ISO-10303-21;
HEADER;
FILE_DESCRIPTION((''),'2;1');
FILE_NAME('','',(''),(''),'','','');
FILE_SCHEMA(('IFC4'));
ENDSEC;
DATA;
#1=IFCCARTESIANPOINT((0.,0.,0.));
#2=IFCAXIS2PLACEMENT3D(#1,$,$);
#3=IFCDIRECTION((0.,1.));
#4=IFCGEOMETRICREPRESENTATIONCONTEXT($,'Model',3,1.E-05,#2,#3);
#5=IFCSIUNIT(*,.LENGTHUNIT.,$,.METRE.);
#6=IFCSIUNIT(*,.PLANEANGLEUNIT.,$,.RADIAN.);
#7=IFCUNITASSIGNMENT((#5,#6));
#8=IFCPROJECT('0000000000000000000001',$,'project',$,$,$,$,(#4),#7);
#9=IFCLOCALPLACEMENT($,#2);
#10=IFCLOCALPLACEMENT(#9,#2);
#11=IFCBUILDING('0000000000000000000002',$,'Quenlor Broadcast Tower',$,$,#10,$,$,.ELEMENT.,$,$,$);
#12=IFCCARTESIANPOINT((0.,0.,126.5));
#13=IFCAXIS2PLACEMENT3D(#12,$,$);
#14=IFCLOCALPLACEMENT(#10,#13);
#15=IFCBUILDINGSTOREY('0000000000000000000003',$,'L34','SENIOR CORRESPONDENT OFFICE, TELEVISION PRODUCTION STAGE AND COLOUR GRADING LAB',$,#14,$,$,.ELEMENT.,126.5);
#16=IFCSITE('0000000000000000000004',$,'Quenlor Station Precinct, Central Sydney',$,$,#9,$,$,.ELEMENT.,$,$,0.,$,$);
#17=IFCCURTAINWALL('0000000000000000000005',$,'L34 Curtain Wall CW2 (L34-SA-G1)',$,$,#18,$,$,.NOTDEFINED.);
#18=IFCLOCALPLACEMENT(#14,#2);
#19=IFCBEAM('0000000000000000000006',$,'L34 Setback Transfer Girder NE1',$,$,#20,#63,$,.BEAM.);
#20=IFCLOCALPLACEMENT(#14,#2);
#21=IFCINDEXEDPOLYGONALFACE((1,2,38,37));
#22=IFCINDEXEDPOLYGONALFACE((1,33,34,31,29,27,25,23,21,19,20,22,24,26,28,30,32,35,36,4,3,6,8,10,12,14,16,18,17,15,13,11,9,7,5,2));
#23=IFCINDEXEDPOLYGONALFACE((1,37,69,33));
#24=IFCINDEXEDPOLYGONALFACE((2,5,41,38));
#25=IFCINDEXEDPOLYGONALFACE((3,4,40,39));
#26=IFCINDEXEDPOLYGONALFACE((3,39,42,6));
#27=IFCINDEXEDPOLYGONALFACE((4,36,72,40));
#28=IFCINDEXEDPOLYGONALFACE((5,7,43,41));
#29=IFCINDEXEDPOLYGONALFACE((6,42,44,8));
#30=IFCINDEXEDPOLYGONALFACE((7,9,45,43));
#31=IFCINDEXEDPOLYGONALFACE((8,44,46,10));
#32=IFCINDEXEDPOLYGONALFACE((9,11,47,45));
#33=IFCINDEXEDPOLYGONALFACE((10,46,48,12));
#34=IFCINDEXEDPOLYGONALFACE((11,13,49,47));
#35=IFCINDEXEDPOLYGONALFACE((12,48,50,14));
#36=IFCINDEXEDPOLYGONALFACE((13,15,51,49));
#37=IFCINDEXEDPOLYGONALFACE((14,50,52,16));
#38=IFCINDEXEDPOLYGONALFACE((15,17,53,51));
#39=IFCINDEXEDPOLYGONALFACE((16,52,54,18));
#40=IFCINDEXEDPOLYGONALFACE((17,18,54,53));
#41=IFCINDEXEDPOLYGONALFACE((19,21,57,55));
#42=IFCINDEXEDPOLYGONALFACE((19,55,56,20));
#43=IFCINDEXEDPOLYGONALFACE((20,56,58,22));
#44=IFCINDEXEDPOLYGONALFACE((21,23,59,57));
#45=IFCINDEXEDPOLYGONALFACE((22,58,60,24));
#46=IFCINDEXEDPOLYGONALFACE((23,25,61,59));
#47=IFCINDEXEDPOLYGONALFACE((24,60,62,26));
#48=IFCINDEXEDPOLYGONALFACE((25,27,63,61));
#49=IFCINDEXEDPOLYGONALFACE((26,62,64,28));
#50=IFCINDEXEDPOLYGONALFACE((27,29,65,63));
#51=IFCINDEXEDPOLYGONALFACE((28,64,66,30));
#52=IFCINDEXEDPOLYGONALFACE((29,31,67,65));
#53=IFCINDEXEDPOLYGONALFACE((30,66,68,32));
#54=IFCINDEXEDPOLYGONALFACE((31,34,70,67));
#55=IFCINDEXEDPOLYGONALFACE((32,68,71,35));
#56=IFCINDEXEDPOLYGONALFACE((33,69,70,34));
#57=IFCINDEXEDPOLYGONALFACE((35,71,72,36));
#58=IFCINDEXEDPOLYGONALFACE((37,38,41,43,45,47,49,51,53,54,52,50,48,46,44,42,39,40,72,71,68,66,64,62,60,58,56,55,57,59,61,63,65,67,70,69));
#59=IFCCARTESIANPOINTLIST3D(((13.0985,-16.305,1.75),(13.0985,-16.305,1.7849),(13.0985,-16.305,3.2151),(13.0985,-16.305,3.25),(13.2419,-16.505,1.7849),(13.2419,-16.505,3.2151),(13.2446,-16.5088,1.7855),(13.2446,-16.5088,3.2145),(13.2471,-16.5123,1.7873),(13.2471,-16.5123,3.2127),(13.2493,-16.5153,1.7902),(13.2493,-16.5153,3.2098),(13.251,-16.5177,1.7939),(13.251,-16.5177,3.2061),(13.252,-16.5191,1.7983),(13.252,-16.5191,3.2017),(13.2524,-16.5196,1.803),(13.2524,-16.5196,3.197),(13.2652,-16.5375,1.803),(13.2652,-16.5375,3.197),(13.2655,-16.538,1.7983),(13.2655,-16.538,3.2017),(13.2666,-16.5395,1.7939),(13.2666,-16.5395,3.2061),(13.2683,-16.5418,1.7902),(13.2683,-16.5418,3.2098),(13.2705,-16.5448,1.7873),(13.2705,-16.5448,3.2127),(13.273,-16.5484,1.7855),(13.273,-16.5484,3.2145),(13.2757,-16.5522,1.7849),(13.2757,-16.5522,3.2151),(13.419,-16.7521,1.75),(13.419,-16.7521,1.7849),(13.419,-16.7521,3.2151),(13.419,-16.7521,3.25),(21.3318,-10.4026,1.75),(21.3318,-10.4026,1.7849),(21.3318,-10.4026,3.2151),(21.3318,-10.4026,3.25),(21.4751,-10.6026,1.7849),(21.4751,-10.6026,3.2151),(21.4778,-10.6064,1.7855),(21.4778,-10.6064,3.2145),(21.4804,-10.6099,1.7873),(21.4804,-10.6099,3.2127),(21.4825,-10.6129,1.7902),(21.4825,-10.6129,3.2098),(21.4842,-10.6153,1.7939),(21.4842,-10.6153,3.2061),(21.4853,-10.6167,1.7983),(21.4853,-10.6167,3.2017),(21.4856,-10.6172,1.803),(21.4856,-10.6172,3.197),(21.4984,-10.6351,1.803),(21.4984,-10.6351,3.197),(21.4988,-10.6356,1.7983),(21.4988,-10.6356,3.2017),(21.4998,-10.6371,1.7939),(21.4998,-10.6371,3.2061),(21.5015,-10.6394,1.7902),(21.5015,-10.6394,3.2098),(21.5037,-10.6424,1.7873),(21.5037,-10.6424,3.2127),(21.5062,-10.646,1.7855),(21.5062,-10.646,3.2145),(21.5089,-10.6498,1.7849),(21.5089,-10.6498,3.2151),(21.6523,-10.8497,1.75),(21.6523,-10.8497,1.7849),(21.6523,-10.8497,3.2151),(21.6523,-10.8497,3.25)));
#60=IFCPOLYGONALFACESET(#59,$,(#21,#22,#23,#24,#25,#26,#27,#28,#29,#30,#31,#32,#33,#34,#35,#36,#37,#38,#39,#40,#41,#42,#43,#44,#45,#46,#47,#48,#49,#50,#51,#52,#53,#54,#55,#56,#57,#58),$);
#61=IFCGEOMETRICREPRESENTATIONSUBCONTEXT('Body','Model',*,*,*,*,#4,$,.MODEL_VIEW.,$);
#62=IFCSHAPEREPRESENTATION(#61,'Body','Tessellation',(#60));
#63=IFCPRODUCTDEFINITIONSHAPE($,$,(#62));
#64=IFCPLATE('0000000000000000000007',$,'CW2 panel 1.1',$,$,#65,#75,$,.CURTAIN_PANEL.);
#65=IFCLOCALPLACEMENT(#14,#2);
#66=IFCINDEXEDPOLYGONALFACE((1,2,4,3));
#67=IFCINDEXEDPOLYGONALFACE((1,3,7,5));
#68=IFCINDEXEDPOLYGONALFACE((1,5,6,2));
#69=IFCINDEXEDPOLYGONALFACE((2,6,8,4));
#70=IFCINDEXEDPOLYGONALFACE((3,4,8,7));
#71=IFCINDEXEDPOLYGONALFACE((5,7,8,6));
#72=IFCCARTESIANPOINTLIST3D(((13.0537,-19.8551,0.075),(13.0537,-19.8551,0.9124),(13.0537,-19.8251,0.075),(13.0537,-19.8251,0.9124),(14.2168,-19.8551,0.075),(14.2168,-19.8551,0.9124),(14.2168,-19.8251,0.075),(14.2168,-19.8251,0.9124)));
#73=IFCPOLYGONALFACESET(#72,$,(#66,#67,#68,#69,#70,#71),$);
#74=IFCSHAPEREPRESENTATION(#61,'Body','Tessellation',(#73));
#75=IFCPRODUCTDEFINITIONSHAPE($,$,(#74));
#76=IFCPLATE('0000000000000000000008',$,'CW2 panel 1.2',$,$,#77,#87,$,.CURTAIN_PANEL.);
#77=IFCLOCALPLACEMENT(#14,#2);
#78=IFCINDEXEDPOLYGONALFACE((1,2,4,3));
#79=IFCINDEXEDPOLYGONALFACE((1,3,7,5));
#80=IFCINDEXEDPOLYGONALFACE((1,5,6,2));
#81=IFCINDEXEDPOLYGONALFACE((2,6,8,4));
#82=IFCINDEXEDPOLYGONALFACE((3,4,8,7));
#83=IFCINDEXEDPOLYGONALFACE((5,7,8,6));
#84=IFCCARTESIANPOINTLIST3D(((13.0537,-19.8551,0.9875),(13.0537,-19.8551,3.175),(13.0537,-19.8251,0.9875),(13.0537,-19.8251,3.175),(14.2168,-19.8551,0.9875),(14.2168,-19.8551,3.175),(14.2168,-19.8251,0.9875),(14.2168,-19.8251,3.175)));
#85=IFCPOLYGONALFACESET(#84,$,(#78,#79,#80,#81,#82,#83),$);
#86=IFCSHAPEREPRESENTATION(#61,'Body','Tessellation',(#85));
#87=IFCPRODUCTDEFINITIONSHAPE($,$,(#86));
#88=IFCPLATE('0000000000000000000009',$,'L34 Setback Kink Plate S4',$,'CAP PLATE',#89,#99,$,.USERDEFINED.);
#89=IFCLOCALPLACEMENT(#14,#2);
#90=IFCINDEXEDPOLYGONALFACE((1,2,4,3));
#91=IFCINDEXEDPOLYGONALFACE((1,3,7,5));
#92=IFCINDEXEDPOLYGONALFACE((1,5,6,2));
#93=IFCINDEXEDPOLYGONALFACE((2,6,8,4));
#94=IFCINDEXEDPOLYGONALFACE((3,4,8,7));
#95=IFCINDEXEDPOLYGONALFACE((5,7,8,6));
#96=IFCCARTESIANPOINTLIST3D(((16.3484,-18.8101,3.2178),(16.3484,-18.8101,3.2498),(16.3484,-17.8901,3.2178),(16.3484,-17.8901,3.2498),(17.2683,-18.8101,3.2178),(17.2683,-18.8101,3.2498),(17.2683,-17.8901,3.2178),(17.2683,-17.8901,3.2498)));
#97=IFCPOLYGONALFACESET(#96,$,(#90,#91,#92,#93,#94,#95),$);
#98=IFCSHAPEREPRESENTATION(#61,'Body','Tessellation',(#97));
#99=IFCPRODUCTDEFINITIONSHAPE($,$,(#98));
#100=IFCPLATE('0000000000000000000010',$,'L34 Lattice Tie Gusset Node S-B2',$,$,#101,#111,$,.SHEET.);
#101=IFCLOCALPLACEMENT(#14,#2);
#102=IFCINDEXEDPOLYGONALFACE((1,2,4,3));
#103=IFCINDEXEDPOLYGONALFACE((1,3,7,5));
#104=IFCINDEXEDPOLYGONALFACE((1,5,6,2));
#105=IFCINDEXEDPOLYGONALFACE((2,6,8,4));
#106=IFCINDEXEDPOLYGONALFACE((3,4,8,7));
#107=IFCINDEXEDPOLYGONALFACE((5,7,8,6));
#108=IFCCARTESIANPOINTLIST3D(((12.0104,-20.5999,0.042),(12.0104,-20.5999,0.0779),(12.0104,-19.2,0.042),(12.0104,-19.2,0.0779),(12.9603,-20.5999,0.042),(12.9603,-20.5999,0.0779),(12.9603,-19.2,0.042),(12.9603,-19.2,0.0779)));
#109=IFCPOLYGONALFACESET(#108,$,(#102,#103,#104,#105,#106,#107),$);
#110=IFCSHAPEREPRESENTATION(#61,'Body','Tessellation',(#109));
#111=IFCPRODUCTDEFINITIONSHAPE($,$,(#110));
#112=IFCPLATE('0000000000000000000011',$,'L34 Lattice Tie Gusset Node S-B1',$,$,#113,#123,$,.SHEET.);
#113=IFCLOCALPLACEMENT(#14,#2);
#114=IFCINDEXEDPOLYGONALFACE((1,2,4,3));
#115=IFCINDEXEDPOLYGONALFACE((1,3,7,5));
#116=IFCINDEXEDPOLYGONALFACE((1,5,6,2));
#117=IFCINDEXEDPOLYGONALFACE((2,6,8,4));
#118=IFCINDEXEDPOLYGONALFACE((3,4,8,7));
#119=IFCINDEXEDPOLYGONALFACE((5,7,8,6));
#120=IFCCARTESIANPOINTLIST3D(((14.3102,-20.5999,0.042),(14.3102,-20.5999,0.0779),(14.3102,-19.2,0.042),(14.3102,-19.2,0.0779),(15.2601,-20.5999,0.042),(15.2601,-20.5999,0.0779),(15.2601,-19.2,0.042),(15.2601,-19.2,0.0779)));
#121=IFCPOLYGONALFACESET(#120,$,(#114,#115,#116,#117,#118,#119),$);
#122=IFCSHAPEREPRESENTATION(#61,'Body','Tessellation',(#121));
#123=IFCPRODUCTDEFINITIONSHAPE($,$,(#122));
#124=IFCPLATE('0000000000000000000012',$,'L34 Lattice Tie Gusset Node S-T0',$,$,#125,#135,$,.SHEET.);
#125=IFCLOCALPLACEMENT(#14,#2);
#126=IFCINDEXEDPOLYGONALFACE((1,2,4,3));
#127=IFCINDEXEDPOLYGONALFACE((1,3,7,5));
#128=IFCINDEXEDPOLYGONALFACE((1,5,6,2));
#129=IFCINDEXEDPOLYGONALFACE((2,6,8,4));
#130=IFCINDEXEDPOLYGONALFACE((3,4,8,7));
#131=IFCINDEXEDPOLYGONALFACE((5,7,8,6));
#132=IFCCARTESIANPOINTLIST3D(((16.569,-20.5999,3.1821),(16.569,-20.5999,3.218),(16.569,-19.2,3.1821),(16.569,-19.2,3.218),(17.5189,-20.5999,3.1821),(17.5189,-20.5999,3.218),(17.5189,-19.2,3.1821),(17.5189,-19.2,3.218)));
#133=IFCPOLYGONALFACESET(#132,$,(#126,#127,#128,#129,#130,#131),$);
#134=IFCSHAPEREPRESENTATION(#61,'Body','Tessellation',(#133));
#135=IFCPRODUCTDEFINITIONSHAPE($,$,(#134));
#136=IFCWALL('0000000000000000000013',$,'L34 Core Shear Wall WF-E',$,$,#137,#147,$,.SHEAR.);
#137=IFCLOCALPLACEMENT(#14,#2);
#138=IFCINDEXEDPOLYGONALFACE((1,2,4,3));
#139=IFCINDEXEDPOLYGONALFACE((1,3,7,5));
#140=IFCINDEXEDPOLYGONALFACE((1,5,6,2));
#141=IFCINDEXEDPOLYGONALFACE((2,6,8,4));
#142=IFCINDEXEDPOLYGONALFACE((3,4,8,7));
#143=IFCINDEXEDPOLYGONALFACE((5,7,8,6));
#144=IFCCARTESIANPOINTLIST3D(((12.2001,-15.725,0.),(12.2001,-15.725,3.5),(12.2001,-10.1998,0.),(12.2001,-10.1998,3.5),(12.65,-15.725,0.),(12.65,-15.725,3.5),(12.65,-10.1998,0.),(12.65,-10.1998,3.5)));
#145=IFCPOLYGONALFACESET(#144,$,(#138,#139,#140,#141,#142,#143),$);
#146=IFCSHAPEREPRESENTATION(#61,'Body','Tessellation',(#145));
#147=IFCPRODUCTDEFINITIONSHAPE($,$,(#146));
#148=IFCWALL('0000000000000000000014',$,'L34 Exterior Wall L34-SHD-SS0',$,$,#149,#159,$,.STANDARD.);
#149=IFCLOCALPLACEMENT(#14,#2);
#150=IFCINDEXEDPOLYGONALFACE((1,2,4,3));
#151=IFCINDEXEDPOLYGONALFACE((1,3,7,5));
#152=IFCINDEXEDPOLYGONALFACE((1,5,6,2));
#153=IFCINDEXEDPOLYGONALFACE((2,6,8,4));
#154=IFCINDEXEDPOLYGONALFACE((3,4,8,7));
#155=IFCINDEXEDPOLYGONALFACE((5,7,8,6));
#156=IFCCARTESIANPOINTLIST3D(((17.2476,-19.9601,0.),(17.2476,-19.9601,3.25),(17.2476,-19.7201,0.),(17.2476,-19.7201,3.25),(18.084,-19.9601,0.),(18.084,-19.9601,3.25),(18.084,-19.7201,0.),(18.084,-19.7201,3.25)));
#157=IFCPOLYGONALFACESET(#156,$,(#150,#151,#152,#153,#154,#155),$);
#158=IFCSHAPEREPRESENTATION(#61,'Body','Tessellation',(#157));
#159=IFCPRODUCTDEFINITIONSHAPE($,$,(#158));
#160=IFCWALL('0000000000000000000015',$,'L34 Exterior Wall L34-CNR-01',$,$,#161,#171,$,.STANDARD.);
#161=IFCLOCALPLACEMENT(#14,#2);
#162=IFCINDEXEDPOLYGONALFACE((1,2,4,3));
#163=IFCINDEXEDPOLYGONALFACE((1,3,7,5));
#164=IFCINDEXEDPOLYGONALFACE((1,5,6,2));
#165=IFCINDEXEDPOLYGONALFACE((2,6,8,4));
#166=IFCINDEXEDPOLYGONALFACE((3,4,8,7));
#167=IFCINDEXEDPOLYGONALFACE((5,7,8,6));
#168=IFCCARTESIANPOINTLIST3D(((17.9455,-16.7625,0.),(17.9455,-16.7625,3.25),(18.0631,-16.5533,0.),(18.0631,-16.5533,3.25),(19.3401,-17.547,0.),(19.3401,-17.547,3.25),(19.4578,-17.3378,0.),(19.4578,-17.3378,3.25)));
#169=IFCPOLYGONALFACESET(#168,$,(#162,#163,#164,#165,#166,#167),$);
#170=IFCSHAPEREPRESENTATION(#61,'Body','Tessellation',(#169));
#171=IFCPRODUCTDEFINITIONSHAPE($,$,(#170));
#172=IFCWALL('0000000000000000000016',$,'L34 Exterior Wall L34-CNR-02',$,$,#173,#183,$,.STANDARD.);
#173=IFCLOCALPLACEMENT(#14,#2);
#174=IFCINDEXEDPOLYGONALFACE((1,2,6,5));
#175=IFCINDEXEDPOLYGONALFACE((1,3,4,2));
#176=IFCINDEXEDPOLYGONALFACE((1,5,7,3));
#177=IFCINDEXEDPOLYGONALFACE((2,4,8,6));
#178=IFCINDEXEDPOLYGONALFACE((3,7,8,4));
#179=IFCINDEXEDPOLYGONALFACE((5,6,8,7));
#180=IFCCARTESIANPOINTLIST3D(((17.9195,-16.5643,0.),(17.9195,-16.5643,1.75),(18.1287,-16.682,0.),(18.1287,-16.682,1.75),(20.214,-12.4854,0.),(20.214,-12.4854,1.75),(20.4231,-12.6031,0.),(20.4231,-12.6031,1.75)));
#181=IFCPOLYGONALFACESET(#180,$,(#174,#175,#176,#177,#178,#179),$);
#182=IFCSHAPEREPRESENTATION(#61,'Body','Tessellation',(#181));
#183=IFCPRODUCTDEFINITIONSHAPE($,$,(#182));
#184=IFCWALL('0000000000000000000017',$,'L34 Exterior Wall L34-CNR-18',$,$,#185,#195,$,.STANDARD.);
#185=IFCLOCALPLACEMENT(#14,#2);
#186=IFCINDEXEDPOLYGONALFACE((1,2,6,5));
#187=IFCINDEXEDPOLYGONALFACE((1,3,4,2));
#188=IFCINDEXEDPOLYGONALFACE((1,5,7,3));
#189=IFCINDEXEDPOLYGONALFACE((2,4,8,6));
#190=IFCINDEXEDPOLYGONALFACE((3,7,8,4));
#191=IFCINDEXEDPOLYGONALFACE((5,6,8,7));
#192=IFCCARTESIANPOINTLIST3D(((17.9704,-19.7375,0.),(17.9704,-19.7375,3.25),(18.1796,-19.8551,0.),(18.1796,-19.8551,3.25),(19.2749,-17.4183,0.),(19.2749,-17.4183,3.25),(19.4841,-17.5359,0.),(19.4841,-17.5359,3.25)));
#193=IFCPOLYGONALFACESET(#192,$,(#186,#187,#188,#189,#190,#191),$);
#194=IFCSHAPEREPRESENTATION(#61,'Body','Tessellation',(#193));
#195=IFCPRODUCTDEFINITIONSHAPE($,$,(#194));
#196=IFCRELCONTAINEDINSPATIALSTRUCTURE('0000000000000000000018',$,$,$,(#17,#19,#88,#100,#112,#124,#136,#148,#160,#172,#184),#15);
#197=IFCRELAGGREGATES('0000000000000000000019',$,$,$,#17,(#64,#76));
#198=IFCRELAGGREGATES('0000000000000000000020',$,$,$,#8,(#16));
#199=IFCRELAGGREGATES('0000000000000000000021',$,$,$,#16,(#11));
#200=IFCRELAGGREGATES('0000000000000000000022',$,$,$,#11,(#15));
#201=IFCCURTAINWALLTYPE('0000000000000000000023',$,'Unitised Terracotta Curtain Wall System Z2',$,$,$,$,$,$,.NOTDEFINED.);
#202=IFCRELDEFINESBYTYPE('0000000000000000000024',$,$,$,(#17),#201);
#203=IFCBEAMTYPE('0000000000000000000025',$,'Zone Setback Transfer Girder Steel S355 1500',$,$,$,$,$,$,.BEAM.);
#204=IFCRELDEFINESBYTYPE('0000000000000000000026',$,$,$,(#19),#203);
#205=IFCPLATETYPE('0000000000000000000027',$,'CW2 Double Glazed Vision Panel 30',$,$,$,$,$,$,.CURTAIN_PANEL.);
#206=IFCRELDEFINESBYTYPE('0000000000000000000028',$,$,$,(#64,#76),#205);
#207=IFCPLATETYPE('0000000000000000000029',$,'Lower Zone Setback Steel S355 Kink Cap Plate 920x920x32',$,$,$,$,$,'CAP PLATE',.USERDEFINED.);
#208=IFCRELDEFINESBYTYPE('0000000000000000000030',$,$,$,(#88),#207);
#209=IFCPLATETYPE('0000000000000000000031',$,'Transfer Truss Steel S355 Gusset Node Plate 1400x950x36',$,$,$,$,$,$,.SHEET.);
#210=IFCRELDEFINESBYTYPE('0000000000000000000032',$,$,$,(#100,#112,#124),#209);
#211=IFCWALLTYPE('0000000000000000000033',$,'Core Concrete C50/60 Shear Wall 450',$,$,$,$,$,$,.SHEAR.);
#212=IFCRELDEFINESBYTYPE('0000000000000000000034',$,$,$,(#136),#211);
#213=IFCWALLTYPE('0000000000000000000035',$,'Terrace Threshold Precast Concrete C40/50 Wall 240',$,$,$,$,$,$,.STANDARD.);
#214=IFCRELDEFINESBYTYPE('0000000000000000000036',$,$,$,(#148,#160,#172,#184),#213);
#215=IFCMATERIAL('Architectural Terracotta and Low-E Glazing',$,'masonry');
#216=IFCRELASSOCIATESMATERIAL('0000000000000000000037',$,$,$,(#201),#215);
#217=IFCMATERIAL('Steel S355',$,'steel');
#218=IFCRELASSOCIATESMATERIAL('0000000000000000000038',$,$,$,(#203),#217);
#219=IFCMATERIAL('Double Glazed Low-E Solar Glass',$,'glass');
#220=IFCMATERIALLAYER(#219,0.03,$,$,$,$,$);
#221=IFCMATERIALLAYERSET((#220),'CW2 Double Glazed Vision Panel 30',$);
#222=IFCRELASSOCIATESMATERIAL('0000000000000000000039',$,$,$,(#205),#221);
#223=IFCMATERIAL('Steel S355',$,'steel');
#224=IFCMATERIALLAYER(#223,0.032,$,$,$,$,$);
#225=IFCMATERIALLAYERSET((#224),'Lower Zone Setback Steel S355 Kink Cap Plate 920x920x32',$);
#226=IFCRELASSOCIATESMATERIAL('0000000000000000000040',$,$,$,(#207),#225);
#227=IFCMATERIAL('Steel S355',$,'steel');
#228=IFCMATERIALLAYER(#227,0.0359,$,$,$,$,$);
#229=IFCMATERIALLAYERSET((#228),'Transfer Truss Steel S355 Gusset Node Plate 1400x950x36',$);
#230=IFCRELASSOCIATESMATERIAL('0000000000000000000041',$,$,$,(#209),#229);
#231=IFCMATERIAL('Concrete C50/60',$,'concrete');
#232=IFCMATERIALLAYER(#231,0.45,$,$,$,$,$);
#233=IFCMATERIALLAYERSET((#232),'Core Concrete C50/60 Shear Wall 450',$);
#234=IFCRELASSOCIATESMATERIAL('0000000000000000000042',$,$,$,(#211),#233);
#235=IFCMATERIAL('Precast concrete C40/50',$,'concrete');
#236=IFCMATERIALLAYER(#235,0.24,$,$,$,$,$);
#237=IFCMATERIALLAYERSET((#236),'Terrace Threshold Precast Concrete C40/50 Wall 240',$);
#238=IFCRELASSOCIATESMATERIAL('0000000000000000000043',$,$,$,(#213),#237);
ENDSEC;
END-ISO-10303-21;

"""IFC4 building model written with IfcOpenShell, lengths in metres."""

from ifc_helpers import new_model, si_unit, direction, frame, frame_2d, origin, origin_2d, place, context, subcontext, project, spatial, rectangle, i_section, extrude, material, layer, layer_set, material_profile, profile_set, type_object, element, aggregate, save


model = new_model("IFC4")

# Units and contexts
model_context = context("Model", 3, precision=1e-05, world=origin(), true_north=direction((0.0, 1.0)))
body_context = subcontext(model_context, "Body", "Model", "MODEL_VIEW")
ifc_project = project(units=[si_unit("LENGTHUNIT", "METRE"), si_unit("PLANEANGLEUNIT", "RADIAN")], contexts=[model_context])

# Site, building, storey
site_placement = place(None, origin())
site = spatial("IfcSite", under=ifc_project, at=site_placement, Name="Quenlor Station Precinct, Central Sydney", CompositionType="ELEMENT", RefElevation=0.0)
building_placement = place(site_placement, origin())
building = spatial("IfcBuilding", under=site, at=building_placement, Name="Quenlor Broadcast Tower", CompositionType="ELEMENT")
storey_placement = place(building_placement, frame((0.0, 0.0, 126.5)))
storey = spatial("IfcBuildingStorey", under=building, at=storey_placement, Name="L34", Description="SENIOR CORRESPONDENT OFFICE, TELEVISION PRODUCTION STAGE AND COLOUR GRADING LAB", CompositionType="ELEMENT", Elevation=126.5)

# Curtain wall
ifc_material_1 = material(Name="Architectural Terracotta and Low-E Glazing", Category="masonry")
curtain_wall_type = type_object("IfcCurtainWallType", Name="Unitised Terracotta Curtain Wall System Z2", PredefinedType="NOTDEFINED", material=ifc_material_1)
curtain_wall_placement = place(storey_placement, origin())
curtain_wall = element("IfcCurtainWall", 1, at=curtain_wall_placement, inside=storey, type_object=curtain_wall_type, Name="L34 Curtain Wall CW2 (L34-SA-G1)", PredefinedType="NOTDEFINED")

# Beam
ifc_material_2 = material(Name="Steel S355", Category="steel")
ifc_material_profile_1 = material_profile(ifc_material_2, i_section(OverallWidth=0.55, OverallDepth=1.5, WebThickness=0.022, FlangeThickness=0.0349, FilletRadius=0.0181, at=origin_2d()))
ifc_profile_set_1 = profile_set([ifc_material_profile_1], Name="Steel S355 1500TG510")
beam_type_1 = type_object("IfcBeamType", Name="Zone Setback Transfer Girder Steel S355 1500", PredefinedType="BEAM", material=ifc_profile_set_1)
beam_1_placement = place(storey_placement, frame((13.2588, -16.5286, 2.5), z_axis=(0.812728, 0.582644, 0.0), x_axis=(-0.582644, 0.812728, 0.0)))
element("IfcBeam", 2, at=beam_1_placement, inside=storey, type_object=beam_type_1, Name="L34 Setback Transfer Girder NE1", PredefinedType="BEAM", context=body_context, shape_type="SweptSolid", body=[
    extrude(i_section(OverallWidth=0.55, OverallDepth=1.5, WebThickness=0.022, FlangeThickness=0.0349, FilletRadius=0.0181, at=origin_2d()), origin(), (0.0, 0.0, 1.0), 10.1304),
])

# Plates
ifc_material_3 = material(Name="Double Glazed Low-E Solar Glass", Category="glass")
ifc_layer_1 = layer(ifc_material_3, 0.03)
ifc_layer_set_1 = layer_set([ifc_layer_1], Name="CW2 Double Glazed Vision Panel 30")
plate_type_1 = type_object("IfcPlateType", Name="CW2 Double Glazed Vision Panel 30", PredefinedType="CURTAIN_PANEL", material=ifc_layer_set_1)
plate_1_placement = place(storey_placement, frame((13.6353, -19.8401, 0.075), z_axis=(0.0, 0.0, 1.0), x_axis=(-1.0, 0.0, 0.0)))
plate_1 = element("IfcPlate", 3, at=plate_1_placement, type_object=plate_type_1, Name="CW2 panel 1.1", PredefinedType="CURTAIN_PANEL", context=body_context, shape_type="SweptSolid", body=[
    extrude(rectangle(XDim=1.1631, YDim=0.03, at=origin_2d()), origin(), (0.0, 0.0, 1.0), 0.8374),
])
plate_2_placement = place(storey_placement, frame((13.6353, -19.8401, 0.9875), z_axis=(0.0, 0.0, 1.0), x_axis=(-1.0, 0.0, 0.0)))
plate_2 = element("IfcPlate", 4, at=plate_2_placement, type_object=plate_type_1, Name="CW2 panel 1.2", PredefinedType="CURTAIN_PANEL", context=body_context, shape_type="SweptSolid", body=[
    extrude(rectangle(XDim=1.1631, YDim=0.03, at=origin_2d()), origin(), (0.0, 0.0, 1.0), 2.1875),
])
aggregate(curtain_wall, [plate_1, plate_2])

# Plates
ifc_material_4 = material(Name="Steel S355", Category="steel")
ifc_layer_2 = layer(ifc_material_4, 0.032)
ifc_layer_set_2 = layer_set([ifc_layer_2], Name="Lower Zone Setback Steel S355 Kink Cap Plate 920x920x32")
plate_type_2 = type_object("IfcPlateType", Name="Lower Zone Setback Steel S355 Kink Cap Plate 920x920x32", ElementType="CAP PLATE", PredefinedType="USERDEFINED", material=ifc_layer_set_2)
plate_3_placement = place(storey_placement, frame((16.8083, -18.3501, 3.2178), z_axis=(0.0, 0.0, 1.0), x_axis=(0.0, 1.0, 0.0)))
element("IfcPlate", 5, at=plate_3_placement, inside=storey, type_object=plate_type_2, Name="L34 Setback Kink Plate S4", ObjectType="CAP PLATE", PredefinedType="USERDEFINED", context=body_context, shape_type="SweptSolid", body=[
    extrude(rectangle(XDim=0.9199, YDim=0.9199, at=origin_2d()), origin(), (0.0, 0.0, 1.0), 0.032),
])
ifc_material_5 = material(Name="Steel S355", Category="steel")
ifc_layer_3 = layer(ifc_material_5, 0.0359)
ifc_layer_set_3 = layer_set([ifc_layer_3], Name="Transfer Truss Steel S355 Gusset Node Plate 1400x950x36")
plate_type_3 = type_object("IfcPlateType", Name="Transfer Truss Steel S355 Gusset Node Plate 1400x950x36", PredefinedType="SHEET", material=ifc_layer_set_3)
for number, where, z_axis, x_axis, name in (
    (6, (12.4854, -19.8999, 0.042), (0.0, 0.0, 1.0), (0.0, -1.0, 0.0), "L34 Lattice Tie Gusset Node S-B2"),
    (7, (14.7852, -19.8999, 0.042), (0.0, 0.0, 1.0), (0.0, -1.0, 0.0), "L34 Lattice Tie Gusset Node S-B1"),
    (8, (17.0439, -19.8999, 3.1821), (0.0, 0.0, 1.0), (0.0, -1.0, 0.0), "L34 Lattice Tie Gusset Node S-T0"),
):
    element("IfcPlate", number, at=place(storey_placement, frame(where, z_axis=z_axis, x_axis=x_axis)), inside=storey, type_object=plate_type_3, Name=name, PredefinedType="SHEET", context=body_context, shape_type="SweptSolid", body=[
        extrude(rectangle(XDim=1.3999, YDim=0.95, at=origin_2d()), origin(), (0.0, 0.0, 1.0), 0.0359),
    ])

# Walls
ifc_material_6 = material(Name="Concrete C50/60", Category="concrete")
ifc_layer_4 = layer(ifc_material_6, 0.45)
ifc_layer_set_4 = layer_set([ifc_layer_4], Name="Core Concrete C50/60 Shear Wall 450")
wall_type_1 = type_object("IfcWallType", Name="Core Concrete C50/60 Shear Wall 450", PredefinedType="SHEAR", material=ifc_layer_set_4)
wall_1_placement = place(storey_placement, frame((12.425, -15.7251, 0.0), z_axis=(0.0, 0.0, 1.0), x_axis=(0.0, 1.0, 0.0)))
element("IfcWall", 9, at=wall_1_placement, inside=storey, type_object=wall_type_1, Name="L34 Core Shear Wall WF-E", PredefinedType="SHEAR", context=body_context, shape_type="SweptSolid", body=[
    extrude(rectangle(XDim=5.5251, YDim=0.45, at=frame_2d((2.7627, 0.0))), origin(), (0.0, 0.0, 1.0), 3.5),
])
ifc_material_7 = material(Name="Precast concrete C40/50", Category="concrete")
ifc_layer_5 = layer(ifc_material_7, 0.24)
ifc_layer_set_5 = layer_set([ifc_layer_5], Name="Terrace Threshold Precast Concrete C40/50 Wall 240")
wall_type_2 = type_object("IfcWallType", Name="Terrace Threshold Precast Concrete C40/50 Wall 240", PredefinedType="STANDARD", material=ifc_layer_set_5)
wall_2_placement = place(storey_placement, frame((18.084, -19.8401, 0.0), z_axis=(0.0, 0.0, 1.0), x_axis=(-1.0, 0.0, 0.0)))
element("IfcWall", 10, at=wall_2_placement, inside=storey, type_object=wall_type_2, Name="L34 Exterior Wall L34-SHD-SS0", PredefinedType="STANDARD", context=body_context, shape_type="SweptSolid", body=[
    extrude(rectangle(XDim=0.8364, YDim=0.24, at=frame_2d((0.4182, 0.0))), origin(), (0.0, 0.0, 1.0), 3.25),
])
wall_3_placement = place(storey_placement, frame((19.3989, -17.4424, 0.0), z_axis=(0.0, 0.0, 1.0), x_axis=(-0.871576, 0.490261, 0.0)))
element("IfcWall", 11, at=wall_3_placement, inside=storey, type_object=wall_type_2, Name="L34 Exterior Wall L34-CNR-01", PredefinedType="STANDARD", context=body_context, shape_type="SweptSolid", body=[
    extrude(rectangle(XDim=1.6001, YDim=0.24, at=frame_2d((0.8, 0.0))), origin(), (0.0, 0.0, 1.0), 3.25),
])
wall_4_placement = place(storey_placement, frame((18.0242, -16.623, 0.0), z_axis=(0.0, 0.0, 1.0), x_axis=(0.490274, 0.871569, 0.0)))
element("IfcWall", 12, at=wall_4_placement, inside=storey, type_object=wall_type_2, Name="L34 Exterior Wall L34-CNR-02", PredefinedType="STANDARD", context=body_context, shape_type="SweptSolid", body=[
    extrude(rectangle(XDim=4.6799, YDim=0.24, at=frame_2d((2.3398, 0.0))), origin(), (0.0, 0.0, 1.0), 1.75),
])
wall_5_placement = place(storey_placement, frame((18.075, -19.7964, 0.0), z_axis=(0.0, 0.0, 1.0), x_axis=(0.490248, 0.871583, 0.0)))
element("IfcWall", 13, at=wall_5_placement, inside=storey, type_object=wall_type_2, Name="L34 Exterior Wall L34-CNR-18", PredefinedType="STANDARD", context=body_context, shape_type="SweptSolid", body=[
    extrude(rectangle(XDim=2.6609, YDim=0.24, at=frame_2d((1.3306, 0.0))), origin(), (0.0, 0.0, 1.0), 3.25),
])

save(model, "model.ifc")
